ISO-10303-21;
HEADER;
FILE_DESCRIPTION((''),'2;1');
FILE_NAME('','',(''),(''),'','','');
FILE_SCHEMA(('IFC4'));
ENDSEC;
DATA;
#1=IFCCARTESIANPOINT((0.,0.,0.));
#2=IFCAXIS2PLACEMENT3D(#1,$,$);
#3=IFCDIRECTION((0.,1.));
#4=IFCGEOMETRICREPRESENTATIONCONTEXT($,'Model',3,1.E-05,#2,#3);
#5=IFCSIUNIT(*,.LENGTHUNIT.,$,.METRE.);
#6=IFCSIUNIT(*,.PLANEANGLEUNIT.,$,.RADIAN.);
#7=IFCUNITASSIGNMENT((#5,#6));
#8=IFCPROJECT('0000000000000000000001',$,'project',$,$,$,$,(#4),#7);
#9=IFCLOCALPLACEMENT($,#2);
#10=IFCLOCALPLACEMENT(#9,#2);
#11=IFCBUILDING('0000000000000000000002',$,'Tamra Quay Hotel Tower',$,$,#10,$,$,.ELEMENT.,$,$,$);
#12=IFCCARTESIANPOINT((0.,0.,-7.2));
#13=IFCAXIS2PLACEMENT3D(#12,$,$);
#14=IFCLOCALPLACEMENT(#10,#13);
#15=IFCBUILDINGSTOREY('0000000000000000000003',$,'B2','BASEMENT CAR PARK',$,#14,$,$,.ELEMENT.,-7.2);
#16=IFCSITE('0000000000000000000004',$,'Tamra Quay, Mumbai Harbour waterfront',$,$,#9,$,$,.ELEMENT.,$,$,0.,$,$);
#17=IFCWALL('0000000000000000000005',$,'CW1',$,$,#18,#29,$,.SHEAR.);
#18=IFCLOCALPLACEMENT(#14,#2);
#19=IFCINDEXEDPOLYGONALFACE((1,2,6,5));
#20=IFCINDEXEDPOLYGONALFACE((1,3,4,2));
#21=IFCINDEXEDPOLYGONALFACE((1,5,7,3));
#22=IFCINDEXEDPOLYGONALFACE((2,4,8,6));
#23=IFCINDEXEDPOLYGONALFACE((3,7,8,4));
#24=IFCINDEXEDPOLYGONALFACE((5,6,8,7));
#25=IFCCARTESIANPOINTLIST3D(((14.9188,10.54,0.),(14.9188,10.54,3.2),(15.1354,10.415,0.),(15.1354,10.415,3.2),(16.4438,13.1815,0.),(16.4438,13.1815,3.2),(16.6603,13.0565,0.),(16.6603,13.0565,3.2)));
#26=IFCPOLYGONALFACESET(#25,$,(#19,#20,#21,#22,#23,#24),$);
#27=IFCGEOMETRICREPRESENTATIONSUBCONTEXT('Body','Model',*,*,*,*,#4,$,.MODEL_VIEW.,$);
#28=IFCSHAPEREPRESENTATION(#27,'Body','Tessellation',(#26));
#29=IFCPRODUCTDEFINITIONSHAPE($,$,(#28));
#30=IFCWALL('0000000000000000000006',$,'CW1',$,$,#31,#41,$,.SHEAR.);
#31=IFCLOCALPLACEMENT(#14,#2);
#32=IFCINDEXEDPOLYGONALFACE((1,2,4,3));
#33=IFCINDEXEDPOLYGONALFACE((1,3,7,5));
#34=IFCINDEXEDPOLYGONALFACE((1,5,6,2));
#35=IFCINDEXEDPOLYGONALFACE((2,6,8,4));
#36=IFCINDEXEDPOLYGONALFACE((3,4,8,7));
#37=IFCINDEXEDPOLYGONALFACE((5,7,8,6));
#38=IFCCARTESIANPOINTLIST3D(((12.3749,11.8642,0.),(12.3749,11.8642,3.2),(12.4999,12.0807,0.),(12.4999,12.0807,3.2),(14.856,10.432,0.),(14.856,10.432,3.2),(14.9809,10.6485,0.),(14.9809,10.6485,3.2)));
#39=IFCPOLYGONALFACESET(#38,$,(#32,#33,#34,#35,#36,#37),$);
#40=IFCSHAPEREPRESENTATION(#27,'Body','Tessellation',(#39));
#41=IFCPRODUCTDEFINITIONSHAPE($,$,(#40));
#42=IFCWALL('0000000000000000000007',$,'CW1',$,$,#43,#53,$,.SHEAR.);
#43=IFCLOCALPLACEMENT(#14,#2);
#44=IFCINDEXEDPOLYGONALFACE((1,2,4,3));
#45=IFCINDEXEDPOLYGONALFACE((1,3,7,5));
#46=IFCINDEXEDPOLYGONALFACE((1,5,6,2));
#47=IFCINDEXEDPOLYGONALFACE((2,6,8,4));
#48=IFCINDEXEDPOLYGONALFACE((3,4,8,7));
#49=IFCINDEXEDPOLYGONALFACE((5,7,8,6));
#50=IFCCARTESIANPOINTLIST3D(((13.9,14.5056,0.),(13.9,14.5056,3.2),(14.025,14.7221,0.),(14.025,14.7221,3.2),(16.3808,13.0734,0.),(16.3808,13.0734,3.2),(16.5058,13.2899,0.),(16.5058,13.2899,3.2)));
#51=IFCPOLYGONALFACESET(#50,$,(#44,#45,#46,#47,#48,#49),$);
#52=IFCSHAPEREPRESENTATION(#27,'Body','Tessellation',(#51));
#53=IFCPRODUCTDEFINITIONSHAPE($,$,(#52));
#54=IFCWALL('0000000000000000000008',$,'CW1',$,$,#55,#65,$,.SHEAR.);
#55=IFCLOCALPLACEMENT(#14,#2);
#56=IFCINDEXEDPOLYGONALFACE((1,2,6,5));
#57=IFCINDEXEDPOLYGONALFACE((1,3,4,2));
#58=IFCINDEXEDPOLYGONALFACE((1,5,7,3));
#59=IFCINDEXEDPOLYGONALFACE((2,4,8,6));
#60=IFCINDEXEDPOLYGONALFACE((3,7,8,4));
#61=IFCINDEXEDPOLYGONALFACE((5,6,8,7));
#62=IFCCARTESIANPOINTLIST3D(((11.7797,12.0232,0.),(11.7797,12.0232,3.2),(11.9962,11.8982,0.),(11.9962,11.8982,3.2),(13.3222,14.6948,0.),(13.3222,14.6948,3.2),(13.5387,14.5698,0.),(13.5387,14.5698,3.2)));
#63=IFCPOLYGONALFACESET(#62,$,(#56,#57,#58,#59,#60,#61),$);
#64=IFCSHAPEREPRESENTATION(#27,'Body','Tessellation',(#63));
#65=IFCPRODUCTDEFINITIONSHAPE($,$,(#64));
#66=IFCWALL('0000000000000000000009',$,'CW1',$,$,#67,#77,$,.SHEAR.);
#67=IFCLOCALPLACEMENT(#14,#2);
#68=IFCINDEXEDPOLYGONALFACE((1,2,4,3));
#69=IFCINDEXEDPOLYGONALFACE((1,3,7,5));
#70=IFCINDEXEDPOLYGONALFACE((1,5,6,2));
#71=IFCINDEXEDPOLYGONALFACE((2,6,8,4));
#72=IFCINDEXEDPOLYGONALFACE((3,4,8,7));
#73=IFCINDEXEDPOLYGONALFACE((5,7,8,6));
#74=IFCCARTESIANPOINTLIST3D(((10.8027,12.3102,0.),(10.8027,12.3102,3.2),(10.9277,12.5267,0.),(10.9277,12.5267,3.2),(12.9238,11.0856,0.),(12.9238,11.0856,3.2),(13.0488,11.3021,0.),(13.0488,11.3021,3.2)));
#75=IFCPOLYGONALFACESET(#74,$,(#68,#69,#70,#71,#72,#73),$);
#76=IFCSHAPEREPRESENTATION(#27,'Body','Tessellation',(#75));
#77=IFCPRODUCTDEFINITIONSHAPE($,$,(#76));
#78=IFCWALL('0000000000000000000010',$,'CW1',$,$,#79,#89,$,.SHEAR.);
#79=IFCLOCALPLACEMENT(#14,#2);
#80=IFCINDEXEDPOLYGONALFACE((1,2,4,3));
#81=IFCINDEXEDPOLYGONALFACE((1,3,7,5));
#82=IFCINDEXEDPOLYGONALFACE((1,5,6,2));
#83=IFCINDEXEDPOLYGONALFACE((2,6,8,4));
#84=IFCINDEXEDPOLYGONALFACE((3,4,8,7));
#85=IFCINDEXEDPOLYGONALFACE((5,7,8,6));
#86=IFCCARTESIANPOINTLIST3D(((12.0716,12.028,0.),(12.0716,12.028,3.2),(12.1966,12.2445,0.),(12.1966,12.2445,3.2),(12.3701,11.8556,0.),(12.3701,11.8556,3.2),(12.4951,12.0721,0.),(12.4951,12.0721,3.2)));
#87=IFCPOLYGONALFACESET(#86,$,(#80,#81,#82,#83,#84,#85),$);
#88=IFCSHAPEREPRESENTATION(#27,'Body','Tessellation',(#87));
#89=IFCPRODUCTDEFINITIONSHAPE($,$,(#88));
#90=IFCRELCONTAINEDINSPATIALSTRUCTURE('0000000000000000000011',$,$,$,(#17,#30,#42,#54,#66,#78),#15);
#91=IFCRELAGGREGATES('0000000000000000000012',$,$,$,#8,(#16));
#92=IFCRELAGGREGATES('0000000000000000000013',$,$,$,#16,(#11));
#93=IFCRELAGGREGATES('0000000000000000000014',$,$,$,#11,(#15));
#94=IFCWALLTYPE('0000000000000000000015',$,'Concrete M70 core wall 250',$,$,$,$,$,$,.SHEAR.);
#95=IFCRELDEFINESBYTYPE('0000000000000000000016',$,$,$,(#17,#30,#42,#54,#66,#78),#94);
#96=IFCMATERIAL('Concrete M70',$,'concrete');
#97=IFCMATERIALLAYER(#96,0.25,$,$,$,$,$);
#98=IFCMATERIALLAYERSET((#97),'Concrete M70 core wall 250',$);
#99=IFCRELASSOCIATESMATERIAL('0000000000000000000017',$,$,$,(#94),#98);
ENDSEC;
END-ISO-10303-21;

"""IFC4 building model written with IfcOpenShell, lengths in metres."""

from ifc_helpers import new_model, si_unit, direction, frame, frame_2d, origin, place, context, subcontext, project, spatial, rectangle, extrude, material, layer, layer_set, type_object, element, save


model = new_model("IFC4")

# Units and contexts
model_context = context("Model", 3, precision=1e-05, world=origin(), true_north=direction((0.0, 1.0)))
body_context = subcontext(model_context, "Body", "Model", "MODEL_VIEW")
ifc_project = project(units=[si_unit("LENGTHUNIT", "METRE"), si_unit("PLANEANGLEUNIT", "RADIAN")], contexts=[model_context])

# Site, building, storey
site_placement = place(None, origin())
site = spatial("IfcSite", under=ifc_project, at=site_placement, Name="Tamra Quay, Mumbai Harbour waterfront", CompositionType="ELEMENT", RefElevation=0.0)
building_placement = place(site_placement, origin())
building = spatial("IfcBuilding", under=site, at=building_placement, Name="Tamra Quay Hotel Tower", CompositionType="ELEMENT")
storey_placement = place(building_placement, frame((0.0, 0.0, -7.2)))
storey = spatial("IfcBuildingStorey", under=building, at=storey_placement, Name="B2", Description="BASEMENT CAR PARK", CompositionType="ELEMENT", Elevation=-7.2)

# Shared definitions
ifc_material_1 = material(Name="Concrete M70", Category="concrete")

# Shared definitions
ifc_layer_1 = layer(ifc_material_1, 0.25)
ifc_layer_set_1 = layer_set([ifc_layer_1], Name="Concrete M70 core wall 250")
wall_type_1 = type_object("IfcWallType", Name="Concrete M70 core wall 250", PredefinedType="SHEAR", material=ifc_layer_set_1)

# Walls
wall_1_placement = place(storey_placement, frame((16.552, 13.1189, 0.0), z_axis=(0.0, 0.0, 1.0), x_axis=(-0.499979, -0.866038, 0.0)))
element("IfcWall", 1, at=wall_1_placement, inside=storey, type_object=wall_type_1, Name="CW1", PredefinedType="SHEAR", context=body_context, shape_type="SweptSolid", body=[
    extrude(rectangle(XDim=3.05, YDim=0.25, at=frame_2d((1.5249, 0.0))), origin(), (0.0, 0.0, 1.0), 3.2),
])
wall_2_placement = place(storey_placement, frame((14.9185, 10.5403, 0.0), z_axis=(0.0, 0.0, 1.0), x_axis=(-0.866064, 0.499934, 0.0)))
element("IfcWall", 2, at=wall_2_placement, inside=storey, type_object=wall_type_1, Name="CW1", PredefinedType="SHEAR", context=body_context, shape_type="SweptSolid", body=[
    extrude(rectangle(XDim=2.8647, YDim=0.25, at=frame_2d((1.4324, 0.0))), origin(), (0.0, 0.0, 1.0), 3.2),
])
wall_3_placement = place(storey_placement, frame((13.9626, 14.6138, 0.0), z_axis=(0.0, 0.0, 1.0), x_axis=(0.866042, -0.499971, 0.0)))
element("IfcWall", 3, at=wall_3_placement, inside=storey, type_object=wall_type_1, Name="CW1", PredefinedType="SHEAR", context=body_context, shape_type="SweptSolid", body=[
    extrude(rectangle(XDim=2.8645, YDim=0.25, at=frame_2d((1.4321, 0.0))), origin(), (0.0, 0.0, 1.0), 3.2),
])
wall_4_placement = place(storey_placement, frame((11.8879, 11.9607, 0.0), z_axis=(0.0, 0.0, 1.0), x_axis=(0.500003, 0.866023, 0.0)))
element("IfcWall", 4, at=wall_4_placement, inside=storey, type_object=wall_type_1, Name="CW1", PredefinedType="SHEAR", context=body_context, shape_type="SweptSolid", body=[
    extrude(rectangle(XDim=3.085, YDim=0.25, at=frame_2d((1.5425, 0.0))), origin(), (0.0, 0.0, 1.0), 3.2),
])
wall_5_placement = place(storey_placement, frame((10.8652, 12.4185, 0.0), z_axis=(0.0, 0.0, 1.0), x_axis=(0.866026, -0.499999, 0.0)))
element("IfcWall", 5, at=wall_5_placement, inside=storey, type_object=wall_type_1, Name="CW1", PredefinedType="SHEAR", context=body_context, shape_type="SweptSolid", body=[
    extrude(rectangle(XDim=2.4492, YDim=0.25, at=frame_2d((1.2246, 0.0))), origin(), (0.0, 0.0, 1.0), 3.2),
])
wall_6_placement = place(storey_placement, frame((12.4326, 11.9639, 0.0), z_axis=(0.0, 0.0, 1.0), x_axis=(-0.866056, 0.499947, 0.0)))
element("IfcWall", 6, at=wall_6_placement, inside=storey, type_object=wall_type_1, Name="CW1", PredefinedType="SHEAR", context=body_context, shape_type="SweptSolid", body=[
    extrude(rectangle(XDim=0.3447, YDim=0.25, at=frame_2d((0.1724, 0.0))), origin(), (0.0, 0.0, 1.0), 3.2),
])

save(model, "model.ifc")
